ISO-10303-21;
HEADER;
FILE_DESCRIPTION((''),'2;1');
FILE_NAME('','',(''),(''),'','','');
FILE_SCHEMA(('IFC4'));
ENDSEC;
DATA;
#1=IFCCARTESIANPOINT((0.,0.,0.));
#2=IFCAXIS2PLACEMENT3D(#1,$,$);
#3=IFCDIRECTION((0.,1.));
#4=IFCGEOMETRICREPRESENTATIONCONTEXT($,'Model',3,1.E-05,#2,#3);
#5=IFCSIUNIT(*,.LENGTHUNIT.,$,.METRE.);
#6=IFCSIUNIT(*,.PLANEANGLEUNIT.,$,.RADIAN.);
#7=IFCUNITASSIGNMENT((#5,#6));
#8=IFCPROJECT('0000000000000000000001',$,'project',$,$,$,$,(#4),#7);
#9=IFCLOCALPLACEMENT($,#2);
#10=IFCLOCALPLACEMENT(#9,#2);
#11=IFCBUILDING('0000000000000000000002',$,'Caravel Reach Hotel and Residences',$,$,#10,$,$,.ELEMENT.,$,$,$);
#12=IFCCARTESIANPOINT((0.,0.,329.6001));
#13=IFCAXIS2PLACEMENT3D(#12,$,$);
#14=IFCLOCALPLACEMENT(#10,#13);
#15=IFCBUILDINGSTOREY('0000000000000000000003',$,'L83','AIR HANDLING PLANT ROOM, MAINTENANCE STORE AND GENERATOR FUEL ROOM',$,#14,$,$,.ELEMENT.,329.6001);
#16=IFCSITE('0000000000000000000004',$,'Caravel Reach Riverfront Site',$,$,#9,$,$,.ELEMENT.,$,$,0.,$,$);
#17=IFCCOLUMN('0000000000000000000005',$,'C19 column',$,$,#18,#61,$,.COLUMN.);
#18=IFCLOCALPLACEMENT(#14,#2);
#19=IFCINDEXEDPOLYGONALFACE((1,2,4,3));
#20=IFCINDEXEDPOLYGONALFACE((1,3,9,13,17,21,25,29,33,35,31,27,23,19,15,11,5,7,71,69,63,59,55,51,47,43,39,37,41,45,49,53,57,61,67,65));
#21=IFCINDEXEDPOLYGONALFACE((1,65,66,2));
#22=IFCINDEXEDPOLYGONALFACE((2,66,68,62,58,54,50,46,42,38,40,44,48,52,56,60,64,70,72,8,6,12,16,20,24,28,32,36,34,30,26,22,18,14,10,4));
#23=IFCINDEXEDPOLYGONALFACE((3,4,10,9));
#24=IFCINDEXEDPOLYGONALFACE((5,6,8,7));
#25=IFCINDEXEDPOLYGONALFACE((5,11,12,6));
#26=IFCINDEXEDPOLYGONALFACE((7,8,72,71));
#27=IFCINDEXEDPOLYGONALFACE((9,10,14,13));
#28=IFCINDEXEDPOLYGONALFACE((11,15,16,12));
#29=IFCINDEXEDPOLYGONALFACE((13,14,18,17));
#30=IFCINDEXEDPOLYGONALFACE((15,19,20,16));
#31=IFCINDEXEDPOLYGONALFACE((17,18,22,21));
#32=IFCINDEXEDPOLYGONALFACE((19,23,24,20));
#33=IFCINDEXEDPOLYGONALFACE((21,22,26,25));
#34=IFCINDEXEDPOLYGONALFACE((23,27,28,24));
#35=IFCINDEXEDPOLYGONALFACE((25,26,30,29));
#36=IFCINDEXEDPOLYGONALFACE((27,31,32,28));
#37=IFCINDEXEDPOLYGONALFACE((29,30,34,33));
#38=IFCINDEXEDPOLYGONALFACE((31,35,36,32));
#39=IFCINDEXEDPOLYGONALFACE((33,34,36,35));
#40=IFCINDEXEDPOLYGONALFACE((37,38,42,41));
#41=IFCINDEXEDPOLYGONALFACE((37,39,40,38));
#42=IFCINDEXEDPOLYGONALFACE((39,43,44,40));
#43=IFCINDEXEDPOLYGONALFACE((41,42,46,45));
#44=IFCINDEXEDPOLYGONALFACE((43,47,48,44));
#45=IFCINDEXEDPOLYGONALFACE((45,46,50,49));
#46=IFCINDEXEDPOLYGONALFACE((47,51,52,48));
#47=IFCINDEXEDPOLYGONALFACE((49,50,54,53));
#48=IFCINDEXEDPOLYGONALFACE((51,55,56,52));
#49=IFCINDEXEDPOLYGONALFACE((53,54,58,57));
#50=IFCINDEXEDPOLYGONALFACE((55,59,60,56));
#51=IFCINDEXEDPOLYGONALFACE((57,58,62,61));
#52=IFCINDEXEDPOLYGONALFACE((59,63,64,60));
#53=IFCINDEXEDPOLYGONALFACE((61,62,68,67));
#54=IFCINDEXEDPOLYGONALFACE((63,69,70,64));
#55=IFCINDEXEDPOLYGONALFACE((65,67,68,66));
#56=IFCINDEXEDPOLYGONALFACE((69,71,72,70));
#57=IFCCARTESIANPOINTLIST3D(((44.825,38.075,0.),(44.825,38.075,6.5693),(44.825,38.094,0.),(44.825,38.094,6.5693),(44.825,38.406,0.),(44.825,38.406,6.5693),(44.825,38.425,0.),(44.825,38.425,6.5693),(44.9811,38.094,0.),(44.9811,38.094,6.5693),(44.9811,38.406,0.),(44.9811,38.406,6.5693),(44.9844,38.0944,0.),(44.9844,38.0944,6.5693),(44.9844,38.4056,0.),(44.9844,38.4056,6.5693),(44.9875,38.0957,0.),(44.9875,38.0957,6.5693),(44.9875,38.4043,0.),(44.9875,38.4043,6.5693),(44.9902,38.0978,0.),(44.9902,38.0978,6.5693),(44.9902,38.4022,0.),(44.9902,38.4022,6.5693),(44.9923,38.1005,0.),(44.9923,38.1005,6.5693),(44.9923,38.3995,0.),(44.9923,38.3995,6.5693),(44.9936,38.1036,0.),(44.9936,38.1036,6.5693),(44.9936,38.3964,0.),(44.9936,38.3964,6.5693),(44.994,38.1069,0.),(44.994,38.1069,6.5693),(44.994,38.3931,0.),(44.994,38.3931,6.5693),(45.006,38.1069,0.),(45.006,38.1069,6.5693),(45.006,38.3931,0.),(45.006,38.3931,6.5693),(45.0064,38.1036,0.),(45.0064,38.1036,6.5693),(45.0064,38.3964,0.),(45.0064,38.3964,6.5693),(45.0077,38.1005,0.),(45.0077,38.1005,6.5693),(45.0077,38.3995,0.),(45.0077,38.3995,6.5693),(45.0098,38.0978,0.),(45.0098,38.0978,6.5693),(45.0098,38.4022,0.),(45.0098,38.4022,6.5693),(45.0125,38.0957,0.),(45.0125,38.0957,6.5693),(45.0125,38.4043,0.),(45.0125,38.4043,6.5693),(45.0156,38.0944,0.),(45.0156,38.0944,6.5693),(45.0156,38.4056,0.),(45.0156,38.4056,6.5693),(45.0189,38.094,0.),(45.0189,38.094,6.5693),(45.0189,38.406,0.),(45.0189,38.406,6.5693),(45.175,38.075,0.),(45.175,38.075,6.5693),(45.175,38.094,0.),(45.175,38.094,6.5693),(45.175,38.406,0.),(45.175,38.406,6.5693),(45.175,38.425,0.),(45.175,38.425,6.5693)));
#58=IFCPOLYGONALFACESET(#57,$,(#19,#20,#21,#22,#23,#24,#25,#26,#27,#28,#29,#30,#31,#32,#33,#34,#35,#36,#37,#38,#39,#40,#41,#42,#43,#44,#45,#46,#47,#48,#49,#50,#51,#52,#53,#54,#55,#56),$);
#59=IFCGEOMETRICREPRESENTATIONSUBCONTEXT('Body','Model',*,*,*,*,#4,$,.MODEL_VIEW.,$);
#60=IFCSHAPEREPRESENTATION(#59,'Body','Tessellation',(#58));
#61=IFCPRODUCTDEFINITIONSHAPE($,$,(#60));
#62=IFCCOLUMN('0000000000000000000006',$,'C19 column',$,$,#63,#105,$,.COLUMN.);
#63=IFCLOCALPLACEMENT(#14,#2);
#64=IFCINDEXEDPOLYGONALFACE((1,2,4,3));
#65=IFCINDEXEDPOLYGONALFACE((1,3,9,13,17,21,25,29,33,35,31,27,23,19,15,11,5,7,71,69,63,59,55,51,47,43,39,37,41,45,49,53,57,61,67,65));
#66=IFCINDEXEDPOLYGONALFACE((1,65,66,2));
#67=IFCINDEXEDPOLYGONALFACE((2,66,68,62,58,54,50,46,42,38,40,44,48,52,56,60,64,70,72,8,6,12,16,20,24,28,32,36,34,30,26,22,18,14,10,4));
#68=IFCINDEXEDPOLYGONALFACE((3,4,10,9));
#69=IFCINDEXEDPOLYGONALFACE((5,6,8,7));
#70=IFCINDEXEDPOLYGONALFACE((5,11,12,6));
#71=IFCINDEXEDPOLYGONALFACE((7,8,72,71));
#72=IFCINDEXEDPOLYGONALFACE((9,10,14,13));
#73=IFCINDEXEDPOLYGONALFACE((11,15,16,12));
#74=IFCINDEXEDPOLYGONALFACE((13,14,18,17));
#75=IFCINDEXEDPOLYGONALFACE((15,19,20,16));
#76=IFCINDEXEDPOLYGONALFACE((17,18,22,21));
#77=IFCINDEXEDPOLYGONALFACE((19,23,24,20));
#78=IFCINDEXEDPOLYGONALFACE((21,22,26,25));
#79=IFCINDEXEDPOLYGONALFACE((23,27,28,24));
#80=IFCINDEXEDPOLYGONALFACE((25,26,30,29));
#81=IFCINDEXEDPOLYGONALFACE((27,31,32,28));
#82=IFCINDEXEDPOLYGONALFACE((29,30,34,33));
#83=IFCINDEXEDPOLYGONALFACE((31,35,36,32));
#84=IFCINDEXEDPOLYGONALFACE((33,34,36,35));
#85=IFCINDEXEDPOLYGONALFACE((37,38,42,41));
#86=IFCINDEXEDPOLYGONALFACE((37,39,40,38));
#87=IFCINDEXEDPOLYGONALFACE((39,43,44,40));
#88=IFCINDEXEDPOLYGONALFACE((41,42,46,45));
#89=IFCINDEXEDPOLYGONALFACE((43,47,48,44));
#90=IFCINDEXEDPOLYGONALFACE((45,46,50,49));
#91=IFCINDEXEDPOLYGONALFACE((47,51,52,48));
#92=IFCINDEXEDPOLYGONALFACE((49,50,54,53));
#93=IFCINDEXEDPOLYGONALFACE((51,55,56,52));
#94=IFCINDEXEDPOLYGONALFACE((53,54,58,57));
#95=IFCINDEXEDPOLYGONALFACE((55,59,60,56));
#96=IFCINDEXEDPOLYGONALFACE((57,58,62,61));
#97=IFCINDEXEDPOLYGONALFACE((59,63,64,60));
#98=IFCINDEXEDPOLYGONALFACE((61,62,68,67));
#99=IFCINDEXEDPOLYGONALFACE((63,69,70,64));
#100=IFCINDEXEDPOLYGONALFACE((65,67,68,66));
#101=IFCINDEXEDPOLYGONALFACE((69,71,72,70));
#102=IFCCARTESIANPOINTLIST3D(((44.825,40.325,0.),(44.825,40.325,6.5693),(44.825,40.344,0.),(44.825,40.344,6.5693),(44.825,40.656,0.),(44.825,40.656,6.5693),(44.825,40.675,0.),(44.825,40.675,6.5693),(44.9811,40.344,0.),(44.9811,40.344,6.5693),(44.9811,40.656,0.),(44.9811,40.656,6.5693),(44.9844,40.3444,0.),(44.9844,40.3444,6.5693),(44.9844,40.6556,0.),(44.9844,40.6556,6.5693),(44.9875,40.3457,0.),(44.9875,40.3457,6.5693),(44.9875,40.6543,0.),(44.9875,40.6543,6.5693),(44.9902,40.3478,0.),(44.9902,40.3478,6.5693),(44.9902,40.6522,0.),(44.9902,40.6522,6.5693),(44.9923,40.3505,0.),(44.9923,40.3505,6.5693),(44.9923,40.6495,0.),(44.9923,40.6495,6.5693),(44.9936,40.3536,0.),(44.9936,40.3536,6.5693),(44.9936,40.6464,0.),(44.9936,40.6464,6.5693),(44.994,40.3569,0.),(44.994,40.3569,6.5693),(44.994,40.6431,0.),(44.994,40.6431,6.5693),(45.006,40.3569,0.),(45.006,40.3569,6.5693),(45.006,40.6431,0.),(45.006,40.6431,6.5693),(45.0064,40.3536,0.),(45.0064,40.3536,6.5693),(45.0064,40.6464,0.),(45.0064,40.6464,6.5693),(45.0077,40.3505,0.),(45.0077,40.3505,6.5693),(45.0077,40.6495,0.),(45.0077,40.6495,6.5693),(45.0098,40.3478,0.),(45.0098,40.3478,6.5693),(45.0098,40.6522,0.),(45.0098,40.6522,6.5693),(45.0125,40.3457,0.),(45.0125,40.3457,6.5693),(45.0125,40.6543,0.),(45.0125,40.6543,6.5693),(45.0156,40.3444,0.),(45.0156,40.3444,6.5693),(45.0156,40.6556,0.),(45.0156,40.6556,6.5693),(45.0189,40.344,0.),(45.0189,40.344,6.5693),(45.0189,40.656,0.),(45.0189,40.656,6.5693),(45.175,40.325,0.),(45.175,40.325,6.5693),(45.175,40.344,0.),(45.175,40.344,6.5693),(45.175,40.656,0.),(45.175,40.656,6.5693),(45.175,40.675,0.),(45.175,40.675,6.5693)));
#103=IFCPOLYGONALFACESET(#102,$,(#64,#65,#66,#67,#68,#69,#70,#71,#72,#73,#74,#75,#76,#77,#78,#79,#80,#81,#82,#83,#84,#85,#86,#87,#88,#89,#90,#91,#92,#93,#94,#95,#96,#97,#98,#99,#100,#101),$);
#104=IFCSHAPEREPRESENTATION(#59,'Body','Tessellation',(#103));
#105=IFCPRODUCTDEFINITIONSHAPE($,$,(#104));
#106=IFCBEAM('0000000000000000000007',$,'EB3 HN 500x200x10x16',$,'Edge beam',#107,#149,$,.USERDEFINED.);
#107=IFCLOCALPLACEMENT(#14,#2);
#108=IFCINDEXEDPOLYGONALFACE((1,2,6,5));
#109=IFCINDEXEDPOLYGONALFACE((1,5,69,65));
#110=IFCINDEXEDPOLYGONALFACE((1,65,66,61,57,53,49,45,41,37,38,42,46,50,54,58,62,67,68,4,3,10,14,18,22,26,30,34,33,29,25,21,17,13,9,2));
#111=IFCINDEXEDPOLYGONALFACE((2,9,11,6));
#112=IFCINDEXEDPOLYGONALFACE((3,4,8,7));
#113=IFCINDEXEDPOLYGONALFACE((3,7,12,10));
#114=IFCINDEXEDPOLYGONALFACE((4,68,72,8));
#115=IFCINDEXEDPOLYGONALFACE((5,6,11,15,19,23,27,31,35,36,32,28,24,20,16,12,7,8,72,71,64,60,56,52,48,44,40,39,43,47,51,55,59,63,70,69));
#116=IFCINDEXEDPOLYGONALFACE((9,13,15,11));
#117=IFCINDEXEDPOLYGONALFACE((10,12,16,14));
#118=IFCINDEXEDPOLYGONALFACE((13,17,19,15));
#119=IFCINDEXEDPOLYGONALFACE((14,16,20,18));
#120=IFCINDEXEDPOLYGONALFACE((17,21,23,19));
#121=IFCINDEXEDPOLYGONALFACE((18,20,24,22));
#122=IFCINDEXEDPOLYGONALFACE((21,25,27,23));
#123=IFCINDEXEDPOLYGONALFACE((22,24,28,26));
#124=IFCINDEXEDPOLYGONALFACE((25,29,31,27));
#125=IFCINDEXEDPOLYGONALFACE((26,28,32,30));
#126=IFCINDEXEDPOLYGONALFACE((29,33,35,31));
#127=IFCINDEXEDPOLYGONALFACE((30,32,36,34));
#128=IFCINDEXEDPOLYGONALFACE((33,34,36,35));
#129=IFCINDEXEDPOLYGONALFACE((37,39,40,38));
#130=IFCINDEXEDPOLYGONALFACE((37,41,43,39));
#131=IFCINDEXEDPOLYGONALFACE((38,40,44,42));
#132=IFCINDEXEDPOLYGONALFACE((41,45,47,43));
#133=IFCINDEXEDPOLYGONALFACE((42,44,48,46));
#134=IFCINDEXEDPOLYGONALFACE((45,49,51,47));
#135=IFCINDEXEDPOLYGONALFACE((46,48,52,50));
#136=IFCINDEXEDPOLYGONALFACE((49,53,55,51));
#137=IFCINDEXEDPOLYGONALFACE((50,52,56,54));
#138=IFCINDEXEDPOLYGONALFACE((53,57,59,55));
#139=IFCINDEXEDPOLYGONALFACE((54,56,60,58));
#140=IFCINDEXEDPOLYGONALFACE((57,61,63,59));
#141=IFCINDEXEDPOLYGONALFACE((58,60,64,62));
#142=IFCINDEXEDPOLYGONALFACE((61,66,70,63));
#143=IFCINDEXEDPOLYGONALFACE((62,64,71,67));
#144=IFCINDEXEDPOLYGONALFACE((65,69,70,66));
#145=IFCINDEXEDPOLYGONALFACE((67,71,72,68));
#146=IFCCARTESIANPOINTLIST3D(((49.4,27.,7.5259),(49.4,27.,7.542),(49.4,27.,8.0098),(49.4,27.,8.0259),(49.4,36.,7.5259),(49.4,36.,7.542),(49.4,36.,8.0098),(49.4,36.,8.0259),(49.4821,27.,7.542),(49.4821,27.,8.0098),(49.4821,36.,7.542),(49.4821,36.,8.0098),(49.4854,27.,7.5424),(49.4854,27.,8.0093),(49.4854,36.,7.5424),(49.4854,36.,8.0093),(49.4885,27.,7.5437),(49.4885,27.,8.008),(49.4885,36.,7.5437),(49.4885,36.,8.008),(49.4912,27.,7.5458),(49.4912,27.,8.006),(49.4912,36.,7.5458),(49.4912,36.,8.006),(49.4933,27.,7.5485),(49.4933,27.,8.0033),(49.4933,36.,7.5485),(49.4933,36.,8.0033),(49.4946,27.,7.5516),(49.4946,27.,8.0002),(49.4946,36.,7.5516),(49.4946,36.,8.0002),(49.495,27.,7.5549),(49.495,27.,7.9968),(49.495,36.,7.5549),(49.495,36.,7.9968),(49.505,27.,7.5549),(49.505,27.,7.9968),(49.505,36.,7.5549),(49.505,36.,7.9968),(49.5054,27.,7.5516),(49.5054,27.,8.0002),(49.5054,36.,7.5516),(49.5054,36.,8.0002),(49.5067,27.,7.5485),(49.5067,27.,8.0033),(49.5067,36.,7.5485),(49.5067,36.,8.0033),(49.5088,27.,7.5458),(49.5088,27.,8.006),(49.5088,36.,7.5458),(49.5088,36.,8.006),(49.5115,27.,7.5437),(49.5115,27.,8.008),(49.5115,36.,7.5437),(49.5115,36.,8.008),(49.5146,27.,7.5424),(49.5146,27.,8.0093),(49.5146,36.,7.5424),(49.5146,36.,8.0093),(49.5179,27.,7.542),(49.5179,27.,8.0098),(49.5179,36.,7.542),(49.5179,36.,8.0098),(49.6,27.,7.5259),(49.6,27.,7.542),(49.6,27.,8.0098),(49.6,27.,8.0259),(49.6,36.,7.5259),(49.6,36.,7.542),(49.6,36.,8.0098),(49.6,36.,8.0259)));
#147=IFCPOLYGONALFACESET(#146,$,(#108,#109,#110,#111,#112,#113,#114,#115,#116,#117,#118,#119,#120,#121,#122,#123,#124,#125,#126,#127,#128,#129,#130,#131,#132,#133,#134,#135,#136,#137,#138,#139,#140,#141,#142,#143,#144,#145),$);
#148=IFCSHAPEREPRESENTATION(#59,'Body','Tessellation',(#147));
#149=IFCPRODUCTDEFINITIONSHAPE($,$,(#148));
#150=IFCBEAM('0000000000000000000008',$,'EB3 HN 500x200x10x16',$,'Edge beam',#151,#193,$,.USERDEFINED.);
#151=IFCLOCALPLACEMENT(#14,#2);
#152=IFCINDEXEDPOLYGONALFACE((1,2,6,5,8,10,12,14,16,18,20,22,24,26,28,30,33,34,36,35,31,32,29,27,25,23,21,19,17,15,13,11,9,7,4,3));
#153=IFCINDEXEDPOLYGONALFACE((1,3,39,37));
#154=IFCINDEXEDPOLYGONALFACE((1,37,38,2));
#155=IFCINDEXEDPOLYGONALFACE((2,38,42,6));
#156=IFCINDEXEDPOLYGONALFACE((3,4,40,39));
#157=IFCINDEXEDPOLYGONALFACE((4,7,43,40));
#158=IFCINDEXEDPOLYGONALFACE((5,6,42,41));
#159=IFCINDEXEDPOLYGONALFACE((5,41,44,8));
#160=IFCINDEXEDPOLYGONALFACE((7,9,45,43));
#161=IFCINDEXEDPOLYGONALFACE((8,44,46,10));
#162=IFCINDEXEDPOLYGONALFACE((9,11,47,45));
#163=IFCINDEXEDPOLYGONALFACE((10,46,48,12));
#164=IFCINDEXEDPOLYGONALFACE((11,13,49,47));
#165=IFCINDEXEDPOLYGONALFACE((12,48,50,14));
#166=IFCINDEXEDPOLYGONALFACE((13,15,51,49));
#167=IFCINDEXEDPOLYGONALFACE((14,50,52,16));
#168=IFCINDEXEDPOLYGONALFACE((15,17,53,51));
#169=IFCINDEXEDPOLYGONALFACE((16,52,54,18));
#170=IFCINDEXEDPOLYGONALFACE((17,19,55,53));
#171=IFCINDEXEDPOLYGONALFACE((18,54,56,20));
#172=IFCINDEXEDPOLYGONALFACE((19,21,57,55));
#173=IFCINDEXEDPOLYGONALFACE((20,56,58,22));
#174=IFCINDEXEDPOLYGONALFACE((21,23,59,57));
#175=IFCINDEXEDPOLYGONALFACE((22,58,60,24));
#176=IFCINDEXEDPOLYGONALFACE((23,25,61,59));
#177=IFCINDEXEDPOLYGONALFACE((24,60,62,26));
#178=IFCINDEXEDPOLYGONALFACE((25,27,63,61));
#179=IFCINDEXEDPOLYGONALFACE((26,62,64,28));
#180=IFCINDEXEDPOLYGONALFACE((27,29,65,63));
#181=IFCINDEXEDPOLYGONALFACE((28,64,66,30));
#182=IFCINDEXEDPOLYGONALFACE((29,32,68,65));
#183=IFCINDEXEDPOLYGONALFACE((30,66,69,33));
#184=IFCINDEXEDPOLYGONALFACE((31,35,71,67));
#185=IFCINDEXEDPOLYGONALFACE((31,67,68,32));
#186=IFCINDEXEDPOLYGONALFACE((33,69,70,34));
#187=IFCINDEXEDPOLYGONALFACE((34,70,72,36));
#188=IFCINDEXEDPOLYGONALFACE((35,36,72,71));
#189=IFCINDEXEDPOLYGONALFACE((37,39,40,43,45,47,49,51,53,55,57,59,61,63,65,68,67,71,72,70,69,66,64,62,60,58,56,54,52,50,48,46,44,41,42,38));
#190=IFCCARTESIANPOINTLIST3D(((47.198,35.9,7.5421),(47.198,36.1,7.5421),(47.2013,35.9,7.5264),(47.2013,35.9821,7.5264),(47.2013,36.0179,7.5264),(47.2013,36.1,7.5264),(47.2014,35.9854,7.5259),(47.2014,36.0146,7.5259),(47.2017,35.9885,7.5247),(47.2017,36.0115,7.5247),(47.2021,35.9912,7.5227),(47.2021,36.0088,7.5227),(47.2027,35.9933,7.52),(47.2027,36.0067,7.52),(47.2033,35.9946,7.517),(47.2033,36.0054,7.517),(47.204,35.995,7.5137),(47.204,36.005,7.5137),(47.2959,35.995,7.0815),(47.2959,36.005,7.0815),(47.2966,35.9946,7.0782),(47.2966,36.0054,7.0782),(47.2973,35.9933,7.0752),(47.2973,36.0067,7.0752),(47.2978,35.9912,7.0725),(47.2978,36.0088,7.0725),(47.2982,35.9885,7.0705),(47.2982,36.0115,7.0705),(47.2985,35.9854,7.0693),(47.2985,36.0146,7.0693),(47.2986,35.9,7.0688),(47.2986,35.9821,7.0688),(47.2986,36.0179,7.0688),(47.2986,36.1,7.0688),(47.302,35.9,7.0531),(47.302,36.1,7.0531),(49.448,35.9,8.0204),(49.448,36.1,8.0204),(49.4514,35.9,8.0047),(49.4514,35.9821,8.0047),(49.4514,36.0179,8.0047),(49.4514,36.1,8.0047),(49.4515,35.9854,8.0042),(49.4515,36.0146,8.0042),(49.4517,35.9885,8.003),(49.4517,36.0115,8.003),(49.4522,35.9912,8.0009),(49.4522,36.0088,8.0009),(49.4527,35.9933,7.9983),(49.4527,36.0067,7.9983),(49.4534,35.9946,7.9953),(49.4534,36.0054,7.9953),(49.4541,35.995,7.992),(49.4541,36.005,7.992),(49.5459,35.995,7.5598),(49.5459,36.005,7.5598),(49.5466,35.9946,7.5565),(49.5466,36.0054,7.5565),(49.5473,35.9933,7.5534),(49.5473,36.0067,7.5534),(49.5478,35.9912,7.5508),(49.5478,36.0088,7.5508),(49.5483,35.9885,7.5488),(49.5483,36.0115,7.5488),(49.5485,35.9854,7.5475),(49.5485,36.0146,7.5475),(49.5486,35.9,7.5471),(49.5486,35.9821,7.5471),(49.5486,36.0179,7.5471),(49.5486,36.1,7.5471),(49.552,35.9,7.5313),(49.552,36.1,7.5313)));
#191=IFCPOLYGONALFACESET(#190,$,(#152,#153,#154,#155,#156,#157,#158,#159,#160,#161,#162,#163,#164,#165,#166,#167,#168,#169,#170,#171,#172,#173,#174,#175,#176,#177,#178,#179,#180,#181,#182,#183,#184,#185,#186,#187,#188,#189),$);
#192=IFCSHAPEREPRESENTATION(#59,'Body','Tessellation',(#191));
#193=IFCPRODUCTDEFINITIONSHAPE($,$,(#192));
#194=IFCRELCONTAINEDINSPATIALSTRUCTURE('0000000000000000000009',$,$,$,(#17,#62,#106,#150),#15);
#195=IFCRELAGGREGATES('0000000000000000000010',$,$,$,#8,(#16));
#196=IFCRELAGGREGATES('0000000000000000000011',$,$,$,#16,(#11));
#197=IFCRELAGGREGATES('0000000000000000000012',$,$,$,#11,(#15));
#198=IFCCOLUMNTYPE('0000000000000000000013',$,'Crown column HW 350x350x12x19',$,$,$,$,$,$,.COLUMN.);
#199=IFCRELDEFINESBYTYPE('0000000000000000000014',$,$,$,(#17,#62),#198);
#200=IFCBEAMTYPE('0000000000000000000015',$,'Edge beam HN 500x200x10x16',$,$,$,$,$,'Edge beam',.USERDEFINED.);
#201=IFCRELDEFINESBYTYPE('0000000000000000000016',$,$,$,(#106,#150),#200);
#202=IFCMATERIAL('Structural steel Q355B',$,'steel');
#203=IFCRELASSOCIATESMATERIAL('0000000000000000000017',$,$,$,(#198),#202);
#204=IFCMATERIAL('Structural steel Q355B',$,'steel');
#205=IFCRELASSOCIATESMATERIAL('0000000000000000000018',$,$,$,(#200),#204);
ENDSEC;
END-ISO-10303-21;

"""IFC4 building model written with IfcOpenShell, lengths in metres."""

from ifc_helpers import new_model, si_unit, direction, frame, origin, origin_2d, place, context, subcontext, project, spatial, i_section, extrude, material, material_profile, profile_set, type_object, element, save


model = new_model("IFC4")

# Units and contexts
model_context = context("Model", 3, precision=1e-05, world=origin(), true_north=direction((0.0, 1.0)))
body_context = subcontext(model_context, "Body", "Model", "MODEL_VIEW")
ifc_project = project(units=[si_unit("LENGTHUNIT", "METRE"), si_unit("PLANEANGLEUNIT", "RADIAN")], contexts=[model_context])

# Site, building, storey
site_placement = place(None, origin())
site = spatial("IfcSite", under=ifc_project, at=site_placement, Name="Caravel Reach Riverfront Site", CompositionType="ELEMENT", RefElevation=0.0)
building_placement = place(site_placement, origin())
building = spatial("IfcBuilding", under=site, at=building_placement, Name="Caravel Reach Hotel and Residences", CompositionType="ELEMENT")
storey_placement = place(building_placement, frame((0.0, 0.0, 329.6001)))
storey = spatial("IfcBuildingStorey", under=building, at=storey_placement, Name="L83", Description="AIR HANDLING PLANT ROOM, MAINTENANCE STORE AND GENERATOR FUEL ROOM", CompositionType="ELEMENT", Elevation=329.6001)

# Columns
ifc_material_1 = material(Name="Structural steel Q355B", Category="steel")
ifc_material_profile_1 = material_profile(ifc_material_1, i_section(OverallWidth=0.3501, OverallDepth=0.3501, WebThickness=0.012, FlangeThickness=0.019, FilletRadius=0.0129, at=origin_2d()), Name="HW 350x350x12x19")
ifc_profile_set_1 = profile_set([ifc_material_profile_1], Name="Structural steel Q355B")
column_type = type_object("IfcColumnType", Name="Crown column HW 350x350x12x19", PredefinedType="COLUMN", material=ifc_profile_set_1)
for number, where, z_axis, x_axis, name in (
    (1, (45.0, 38.25, 0.0), (0.0, 0.0, 1.0), (1.0, 0.0, 0.0), "C19 column"),
    (2, (45.0, 40.5, 0.0), (0.0, 0.0, 1.0), (1.0, 0.0, 0.0), "C19 column"),
):
    element("IfcColumn", number, at=place(storey_placement, frame(where, z_axis=z_axis, x_axis=x_axis)), inside=storey, type_object=column_type, Name=name, PredefinedType="COLUMN", context=body_context, shape_type="SweptSolid", body=[
        extrude(i_section(OverallWidth=0.3501, OverallDepth=0.3501, WebThickness=0.012, FlangeThickness=0.019, FilletRadius=0.0129, at=origin_2d()), origin(), (0.0, 0.0, 1.0), 6.5693),
    ])

# Beams
ifc_material_2 = material(Name="Structural steel Q355B", Category="steel")
ifc_material_profile_2 = material_profile(ifc_material_2, i_section(OverallWidth=0.2, OverallDepth=0.5, WebThickness=0.01, FlangeThickness=0.0161, FilletRadius=0.0129, at=origin_2d()), Name="HN 500x200x10x16")
ifc_profile_set_2 = profile_set([ifc_material_profile_2], Name="Structural steel Q355B")
beam_type_1 = type_object("IfcBeamType", Name="Edge beam HN 500x200x10x16", ElementType="Edge beam", PredefinedType="USERDEFINED", material=ifc_profile_set_2)
beam_1_placement = place(storey_placement, frame((49.5, 27.0, 7.7759), z_axis=(0.0, 1.0, 0.0), x_axis=(-1.0, 0.0, 0.0)))
element("IfcBeam", 3, at=beam_1_placement, inside=storey, type_object=beam_type_1, Name="EB3 HN 500x200x10x16", ObjectType="Edge beam", PredefinedType="USERDEFINED", context=body_context, shape_type="SweptSolid", body=[
    extrude(i_section(OverallWidth=0.2, OverallDepth=0.5, WebThickness=0.01, FlangeThickness=0.0161, FilletRadius=0.0129, at=origin_2d()), origin(), (0.0, 0.0, 1.0), 9.0),
])
beam_2_placement = place(storey_placement, frame((49.5, 36.0, 7.7759), z_axis=(-0.978146, 0.0, -0.20792), x_axis=(0.0, -1.0, 0.0)))
element("IfcBeam", 4, at=beam_2_placement, inside=storey, type_object=beam_type_1, Name="EB3 HN 500x200x10x16", ObjectType="Edge beam", PredefinedType="USERDEFINED", context=body_context, shape_type="SweptSolid", body=[
    extrude(i_section(OverallWidth=0.2, OverallDepth=0.5, WebThickness=0.01, FlangeThickness=0.0161, FilletRadius=0.0129, at=origin_2d()), origin(), (0.0, 0.0, 1.0), 2.3003),
])

save(model, "model.ifc")
